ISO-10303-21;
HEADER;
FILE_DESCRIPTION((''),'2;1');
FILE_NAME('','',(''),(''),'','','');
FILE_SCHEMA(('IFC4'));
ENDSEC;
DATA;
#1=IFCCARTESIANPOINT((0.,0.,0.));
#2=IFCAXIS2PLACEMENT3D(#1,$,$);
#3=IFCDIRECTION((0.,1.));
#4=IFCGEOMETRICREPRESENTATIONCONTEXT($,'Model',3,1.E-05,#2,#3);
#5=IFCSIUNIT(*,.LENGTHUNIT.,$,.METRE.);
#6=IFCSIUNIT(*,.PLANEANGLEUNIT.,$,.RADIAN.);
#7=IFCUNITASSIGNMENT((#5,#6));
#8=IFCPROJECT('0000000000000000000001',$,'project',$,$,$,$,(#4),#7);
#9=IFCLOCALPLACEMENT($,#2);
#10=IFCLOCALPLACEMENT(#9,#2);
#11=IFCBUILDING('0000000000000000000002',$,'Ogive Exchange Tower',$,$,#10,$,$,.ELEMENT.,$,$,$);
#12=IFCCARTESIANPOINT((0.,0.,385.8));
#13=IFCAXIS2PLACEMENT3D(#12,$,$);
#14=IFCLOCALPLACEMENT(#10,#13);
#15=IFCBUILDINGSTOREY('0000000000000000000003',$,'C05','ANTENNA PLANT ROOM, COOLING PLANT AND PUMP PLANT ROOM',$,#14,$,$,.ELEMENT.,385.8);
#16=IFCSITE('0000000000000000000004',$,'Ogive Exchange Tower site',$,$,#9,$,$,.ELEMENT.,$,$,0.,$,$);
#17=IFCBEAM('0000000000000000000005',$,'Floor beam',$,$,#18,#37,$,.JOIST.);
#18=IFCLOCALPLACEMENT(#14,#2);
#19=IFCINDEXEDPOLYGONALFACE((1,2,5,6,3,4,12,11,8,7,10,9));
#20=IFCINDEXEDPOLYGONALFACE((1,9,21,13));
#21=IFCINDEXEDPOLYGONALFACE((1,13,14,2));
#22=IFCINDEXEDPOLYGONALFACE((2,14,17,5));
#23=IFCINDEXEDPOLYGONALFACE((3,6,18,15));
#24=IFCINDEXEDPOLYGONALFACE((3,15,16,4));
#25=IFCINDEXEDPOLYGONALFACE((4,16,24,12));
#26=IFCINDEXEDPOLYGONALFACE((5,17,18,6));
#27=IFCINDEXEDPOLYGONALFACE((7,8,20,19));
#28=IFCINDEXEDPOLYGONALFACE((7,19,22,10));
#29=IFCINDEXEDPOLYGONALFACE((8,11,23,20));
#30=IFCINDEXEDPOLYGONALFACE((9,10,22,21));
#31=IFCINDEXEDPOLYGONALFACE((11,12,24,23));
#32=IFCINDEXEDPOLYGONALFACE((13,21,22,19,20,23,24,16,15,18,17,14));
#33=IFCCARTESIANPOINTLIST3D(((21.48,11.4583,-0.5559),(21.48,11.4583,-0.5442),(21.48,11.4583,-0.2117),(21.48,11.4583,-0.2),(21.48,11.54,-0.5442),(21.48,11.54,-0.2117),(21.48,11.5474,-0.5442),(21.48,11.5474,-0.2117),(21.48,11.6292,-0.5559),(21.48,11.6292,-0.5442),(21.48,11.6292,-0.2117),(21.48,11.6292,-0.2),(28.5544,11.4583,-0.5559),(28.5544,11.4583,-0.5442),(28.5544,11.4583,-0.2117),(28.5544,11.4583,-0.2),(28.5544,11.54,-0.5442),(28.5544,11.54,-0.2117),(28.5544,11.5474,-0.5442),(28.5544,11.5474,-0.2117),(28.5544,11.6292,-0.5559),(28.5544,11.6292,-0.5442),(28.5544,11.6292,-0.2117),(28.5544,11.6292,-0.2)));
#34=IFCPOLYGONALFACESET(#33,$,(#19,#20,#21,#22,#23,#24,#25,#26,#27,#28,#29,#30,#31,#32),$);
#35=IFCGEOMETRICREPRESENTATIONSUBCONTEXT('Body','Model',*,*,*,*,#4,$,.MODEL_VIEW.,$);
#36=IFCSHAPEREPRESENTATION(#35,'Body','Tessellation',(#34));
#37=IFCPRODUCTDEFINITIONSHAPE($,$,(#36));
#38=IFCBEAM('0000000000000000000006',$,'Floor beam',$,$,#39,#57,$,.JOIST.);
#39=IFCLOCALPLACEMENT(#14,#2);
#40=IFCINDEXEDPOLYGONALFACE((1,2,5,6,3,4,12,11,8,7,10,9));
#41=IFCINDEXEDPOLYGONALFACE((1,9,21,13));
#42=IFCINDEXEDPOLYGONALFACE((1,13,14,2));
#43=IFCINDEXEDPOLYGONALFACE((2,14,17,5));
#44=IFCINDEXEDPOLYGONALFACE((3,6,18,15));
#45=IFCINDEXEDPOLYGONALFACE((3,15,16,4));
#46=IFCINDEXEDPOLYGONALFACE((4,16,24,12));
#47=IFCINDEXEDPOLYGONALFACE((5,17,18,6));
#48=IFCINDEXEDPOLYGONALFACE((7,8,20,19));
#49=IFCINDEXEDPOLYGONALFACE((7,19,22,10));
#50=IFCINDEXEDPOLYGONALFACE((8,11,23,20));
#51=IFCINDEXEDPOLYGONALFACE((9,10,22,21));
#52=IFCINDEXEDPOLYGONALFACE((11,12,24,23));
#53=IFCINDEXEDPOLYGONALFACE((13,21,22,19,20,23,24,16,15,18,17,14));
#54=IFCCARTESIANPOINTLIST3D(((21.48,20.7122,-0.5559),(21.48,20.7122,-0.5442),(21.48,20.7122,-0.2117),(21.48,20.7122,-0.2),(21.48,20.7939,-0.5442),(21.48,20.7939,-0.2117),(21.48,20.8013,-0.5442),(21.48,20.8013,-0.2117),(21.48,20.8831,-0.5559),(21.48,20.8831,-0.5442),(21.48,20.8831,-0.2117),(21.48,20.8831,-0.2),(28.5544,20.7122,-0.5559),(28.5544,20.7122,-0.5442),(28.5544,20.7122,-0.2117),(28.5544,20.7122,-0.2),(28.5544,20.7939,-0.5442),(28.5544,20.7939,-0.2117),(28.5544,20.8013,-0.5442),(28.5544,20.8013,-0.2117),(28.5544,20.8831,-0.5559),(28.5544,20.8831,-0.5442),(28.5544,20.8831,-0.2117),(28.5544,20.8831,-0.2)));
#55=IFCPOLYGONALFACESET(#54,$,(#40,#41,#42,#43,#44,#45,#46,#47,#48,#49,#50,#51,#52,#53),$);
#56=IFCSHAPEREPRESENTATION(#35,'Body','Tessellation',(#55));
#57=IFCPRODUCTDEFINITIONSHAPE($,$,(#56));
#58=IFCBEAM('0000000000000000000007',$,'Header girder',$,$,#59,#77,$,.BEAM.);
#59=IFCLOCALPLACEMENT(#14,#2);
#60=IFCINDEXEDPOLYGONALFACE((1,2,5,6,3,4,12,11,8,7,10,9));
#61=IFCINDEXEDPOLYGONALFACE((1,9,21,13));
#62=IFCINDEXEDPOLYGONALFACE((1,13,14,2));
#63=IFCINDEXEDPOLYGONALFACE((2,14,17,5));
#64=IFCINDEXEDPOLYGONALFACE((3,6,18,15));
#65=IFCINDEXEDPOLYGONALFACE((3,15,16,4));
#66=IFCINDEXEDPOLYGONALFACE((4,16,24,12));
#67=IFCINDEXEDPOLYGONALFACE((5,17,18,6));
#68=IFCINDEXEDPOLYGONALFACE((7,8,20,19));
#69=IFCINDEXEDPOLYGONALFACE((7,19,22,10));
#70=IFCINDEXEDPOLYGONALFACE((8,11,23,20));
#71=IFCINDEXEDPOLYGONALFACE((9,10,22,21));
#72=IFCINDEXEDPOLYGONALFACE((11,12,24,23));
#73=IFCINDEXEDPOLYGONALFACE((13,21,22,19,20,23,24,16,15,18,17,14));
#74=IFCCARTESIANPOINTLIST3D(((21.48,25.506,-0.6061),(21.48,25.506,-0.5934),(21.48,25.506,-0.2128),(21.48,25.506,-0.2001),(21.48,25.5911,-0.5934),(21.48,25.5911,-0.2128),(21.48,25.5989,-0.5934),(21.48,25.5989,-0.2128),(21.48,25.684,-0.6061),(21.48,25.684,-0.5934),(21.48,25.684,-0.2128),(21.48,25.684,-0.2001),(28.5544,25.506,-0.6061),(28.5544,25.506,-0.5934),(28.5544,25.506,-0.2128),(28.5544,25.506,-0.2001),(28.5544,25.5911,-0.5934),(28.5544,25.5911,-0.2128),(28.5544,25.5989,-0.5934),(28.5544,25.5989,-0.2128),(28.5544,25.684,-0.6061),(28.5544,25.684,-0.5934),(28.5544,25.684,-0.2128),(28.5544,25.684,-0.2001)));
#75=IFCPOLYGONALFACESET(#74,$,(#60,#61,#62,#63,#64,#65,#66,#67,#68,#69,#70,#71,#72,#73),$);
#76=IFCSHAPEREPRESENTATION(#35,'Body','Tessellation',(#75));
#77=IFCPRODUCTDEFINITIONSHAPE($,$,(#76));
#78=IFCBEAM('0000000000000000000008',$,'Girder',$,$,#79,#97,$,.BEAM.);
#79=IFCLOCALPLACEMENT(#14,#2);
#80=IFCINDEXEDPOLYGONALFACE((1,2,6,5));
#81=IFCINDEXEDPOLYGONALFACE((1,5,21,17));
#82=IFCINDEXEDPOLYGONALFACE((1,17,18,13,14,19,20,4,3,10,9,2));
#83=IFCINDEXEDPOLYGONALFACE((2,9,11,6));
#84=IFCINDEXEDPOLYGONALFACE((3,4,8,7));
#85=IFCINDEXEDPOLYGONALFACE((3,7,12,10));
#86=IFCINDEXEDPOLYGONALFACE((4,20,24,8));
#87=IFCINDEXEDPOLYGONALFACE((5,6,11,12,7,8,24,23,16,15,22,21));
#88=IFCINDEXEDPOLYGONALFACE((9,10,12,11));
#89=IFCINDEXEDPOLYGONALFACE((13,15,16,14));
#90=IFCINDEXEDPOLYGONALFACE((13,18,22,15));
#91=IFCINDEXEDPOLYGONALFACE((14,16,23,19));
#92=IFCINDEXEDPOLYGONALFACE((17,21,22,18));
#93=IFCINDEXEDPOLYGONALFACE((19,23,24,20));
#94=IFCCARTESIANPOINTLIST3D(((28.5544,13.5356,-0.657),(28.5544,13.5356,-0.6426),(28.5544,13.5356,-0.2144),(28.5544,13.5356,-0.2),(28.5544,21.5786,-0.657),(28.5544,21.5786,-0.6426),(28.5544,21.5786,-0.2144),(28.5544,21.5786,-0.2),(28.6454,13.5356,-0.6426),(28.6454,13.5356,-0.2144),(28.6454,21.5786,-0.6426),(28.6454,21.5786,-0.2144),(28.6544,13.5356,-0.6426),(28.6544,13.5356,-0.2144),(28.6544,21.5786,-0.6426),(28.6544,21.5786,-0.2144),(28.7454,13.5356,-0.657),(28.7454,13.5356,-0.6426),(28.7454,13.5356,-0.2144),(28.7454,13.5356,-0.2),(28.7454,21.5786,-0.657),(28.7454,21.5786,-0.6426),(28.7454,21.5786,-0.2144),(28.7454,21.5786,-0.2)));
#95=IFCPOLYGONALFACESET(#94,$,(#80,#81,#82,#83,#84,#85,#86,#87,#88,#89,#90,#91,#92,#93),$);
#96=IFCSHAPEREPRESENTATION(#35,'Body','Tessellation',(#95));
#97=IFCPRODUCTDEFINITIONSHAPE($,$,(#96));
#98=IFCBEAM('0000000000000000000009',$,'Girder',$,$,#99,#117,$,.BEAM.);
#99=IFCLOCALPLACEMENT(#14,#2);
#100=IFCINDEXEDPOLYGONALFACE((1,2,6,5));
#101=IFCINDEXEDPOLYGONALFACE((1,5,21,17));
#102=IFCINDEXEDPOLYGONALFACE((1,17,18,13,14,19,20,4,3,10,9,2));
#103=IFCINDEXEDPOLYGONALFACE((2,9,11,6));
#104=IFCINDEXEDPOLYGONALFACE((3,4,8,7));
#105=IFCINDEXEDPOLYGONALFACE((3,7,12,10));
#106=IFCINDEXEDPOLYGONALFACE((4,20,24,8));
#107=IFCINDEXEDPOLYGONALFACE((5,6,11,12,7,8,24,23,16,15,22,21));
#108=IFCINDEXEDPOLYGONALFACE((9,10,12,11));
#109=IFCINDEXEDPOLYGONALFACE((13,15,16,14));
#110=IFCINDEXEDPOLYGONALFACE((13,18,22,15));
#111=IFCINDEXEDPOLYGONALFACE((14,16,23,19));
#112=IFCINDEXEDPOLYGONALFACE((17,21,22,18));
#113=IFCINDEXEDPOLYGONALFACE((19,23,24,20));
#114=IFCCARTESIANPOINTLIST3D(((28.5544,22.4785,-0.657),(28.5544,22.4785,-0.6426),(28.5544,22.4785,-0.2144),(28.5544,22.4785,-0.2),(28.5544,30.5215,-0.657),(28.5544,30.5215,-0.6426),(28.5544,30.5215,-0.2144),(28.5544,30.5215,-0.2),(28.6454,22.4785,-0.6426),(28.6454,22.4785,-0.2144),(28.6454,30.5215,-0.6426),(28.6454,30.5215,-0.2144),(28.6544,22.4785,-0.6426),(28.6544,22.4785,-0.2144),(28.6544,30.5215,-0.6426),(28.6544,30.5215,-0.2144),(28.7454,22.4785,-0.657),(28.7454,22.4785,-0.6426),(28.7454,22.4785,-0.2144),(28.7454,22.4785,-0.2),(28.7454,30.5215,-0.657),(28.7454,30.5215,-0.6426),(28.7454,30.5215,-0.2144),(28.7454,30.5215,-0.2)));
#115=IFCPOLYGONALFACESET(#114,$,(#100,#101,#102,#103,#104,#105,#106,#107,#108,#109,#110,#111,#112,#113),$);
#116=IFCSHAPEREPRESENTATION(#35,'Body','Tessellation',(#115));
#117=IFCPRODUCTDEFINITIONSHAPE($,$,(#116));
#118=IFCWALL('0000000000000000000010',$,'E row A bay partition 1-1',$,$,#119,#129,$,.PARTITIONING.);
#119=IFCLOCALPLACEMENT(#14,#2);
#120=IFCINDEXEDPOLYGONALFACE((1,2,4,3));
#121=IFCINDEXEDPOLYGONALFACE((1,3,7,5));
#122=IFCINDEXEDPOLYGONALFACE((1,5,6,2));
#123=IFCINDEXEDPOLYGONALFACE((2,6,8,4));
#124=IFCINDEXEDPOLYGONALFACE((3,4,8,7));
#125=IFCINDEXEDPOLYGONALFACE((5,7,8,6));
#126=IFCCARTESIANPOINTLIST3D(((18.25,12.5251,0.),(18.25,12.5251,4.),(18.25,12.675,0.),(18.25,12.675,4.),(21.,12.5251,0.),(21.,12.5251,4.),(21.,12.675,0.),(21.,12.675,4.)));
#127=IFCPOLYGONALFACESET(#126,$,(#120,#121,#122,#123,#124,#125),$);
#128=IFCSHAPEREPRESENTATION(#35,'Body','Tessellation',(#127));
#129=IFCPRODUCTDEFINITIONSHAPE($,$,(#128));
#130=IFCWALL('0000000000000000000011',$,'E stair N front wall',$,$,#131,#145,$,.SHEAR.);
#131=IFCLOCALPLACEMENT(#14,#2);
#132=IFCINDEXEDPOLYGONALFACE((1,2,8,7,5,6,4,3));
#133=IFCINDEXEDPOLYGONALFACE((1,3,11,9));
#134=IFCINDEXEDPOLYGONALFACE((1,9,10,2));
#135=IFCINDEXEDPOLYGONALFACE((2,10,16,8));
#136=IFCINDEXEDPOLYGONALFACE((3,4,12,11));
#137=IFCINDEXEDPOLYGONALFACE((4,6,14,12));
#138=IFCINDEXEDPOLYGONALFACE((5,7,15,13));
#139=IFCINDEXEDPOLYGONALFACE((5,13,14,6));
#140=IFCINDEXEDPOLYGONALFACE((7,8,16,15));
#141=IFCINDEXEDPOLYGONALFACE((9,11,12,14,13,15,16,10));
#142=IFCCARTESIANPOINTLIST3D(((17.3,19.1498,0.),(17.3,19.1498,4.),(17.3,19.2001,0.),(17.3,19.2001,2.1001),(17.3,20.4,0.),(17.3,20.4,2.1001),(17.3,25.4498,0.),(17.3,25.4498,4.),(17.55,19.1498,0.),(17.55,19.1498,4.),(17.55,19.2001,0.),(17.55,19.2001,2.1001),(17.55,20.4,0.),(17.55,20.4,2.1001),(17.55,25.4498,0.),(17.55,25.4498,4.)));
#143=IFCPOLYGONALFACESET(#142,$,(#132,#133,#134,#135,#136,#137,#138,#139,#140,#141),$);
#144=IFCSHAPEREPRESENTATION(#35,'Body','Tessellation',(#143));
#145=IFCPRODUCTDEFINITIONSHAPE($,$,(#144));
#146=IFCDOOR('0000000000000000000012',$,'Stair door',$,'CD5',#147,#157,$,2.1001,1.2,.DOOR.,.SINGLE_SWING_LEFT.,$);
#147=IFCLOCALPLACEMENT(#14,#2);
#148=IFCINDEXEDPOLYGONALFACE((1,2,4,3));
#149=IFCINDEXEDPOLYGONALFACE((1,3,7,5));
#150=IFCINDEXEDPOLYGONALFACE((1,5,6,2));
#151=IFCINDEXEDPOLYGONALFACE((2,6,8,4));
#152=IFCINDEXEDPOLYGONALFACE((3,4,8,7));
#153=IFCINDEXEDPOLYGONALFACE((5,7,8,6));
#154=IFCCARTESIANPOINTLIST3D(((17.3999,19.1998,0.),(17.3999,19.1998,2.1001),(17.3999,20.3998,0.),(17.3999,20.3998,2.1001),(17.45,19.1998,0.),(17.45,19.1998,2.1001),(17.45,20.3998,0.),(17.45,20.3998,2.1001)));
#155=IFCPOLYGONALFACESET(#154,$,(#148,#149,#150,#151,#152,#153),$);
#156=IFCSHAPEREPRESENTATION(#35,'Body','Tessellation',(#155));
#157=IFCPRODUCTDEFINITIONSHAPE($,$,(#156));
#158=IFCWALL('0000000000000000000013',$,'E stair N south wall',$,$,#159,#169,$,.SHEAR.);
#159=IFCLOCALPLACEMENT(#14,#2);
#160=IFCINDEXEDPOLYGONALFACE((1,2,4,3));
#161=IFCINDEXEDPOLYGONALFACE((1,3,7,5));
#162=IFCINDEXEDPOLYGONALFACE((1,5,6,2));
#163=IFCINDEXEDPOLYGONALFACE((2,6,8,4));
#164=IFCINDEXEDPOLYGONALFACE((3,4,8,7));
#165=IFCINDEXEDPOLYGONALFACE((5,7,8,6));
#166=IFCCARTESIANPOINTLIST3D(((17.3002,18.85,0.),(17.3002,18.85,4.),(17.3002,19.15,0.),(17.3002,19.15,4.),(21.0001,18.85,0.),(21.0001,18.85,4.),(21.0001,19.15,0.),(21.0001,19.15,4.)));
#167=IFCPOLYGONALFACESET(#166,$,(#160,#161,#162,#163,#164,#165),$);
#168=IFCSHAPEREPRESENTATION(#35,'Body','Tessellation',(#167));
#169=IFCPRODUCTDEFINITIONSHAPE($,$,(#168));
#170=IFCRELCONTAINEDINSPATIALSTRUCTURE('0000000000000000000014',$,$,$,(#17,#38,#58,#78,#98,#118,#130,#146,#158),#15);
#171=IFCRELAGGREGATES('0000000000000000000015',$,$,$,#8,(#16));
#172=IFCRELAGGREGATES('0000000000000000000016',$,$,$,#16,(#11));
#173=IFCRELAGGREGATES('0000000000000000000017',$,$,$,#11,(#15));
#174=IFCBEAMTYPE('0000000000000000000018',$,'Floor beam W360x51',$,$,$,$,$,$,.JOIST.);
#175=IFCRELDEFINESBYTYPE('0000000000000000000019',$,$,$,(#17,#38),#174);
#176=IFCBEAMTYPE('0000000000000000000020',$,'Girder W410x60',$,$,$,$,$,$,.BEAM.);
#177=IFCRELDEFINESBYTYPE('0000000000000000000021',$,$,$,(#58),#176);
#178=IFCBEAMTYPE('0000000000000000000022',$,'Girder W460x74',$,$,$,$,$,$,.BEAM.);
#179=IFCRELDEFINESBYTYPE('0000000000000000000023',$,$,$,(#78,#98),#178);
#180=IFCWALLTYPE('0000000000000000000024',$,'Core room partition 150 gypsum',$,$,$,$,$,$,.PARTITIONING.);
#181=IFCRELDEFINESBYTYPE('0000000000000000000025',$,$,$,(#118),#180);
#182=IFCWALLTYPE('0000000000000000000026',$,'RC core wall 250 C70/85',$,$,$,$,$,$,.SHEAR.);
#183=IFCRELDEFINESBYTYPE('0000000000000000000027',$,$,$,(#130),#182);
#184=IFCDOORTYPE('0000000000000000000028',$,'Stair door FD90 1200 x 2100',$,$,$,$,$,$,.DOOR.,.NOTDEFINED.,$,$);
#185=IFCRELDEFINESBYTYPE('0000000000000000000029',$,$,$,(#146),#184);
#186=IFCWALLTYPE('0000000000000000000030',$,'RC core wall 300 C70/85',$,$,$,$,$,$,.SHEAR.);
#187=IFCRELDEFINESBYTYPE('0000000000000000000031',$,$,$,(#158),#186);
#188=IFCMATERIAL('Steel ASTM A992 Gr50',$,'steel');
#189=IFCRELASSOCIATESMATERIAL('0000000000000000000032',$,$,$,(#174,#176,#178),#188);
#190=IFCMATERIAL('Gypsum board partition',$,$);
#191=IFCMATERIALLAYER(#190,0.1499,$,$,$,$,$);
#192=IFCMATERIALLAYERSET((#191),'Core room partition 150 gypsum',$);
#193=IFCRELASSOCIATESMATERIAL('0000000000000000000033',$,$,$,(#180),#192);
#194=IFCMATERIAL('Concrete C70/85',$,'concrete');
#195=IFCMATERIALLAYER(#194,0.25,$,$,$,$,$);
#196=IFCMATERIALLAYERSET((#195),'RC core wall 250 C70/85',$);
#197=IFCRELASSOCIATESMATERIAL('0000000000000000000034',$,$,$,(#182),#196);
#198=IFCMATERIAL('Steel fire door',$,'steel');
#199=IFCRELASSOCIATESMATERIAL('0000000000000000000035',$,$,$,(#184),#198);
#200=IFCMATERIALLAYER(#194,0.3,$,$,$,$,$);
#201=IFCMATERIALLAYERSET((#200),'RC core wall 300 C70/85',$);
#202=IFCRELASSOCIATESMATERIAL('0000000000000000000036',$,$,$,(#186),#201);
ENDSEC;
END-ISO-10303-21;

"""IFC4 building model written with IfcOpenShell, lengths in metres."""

from ifc_helpers import new_model, si_unit, direction, frame, frame_2d, origin, origin_2d, place, context, subcontext, project, spatial, rectangle, i_section, extrude, material, layer, layer_set, material_profile, profile_set, type_object, element, fill, save


model = new_model("IFC4")

# Units and contexts
model_context = context("Model", 3, precision=1e-05, world=origin(), true_north=direction((0.0, 1.0)))
body_context = subcontext(model_context, "Body", "Model", "MODEL_VIEW")
ifc_project = project(units=[si_unit("LENGTHUNIT", "METRE"), si_unit("PLANEANGLEUNIT", "RADIAN")], contexts=[model_context])

# Site, building, storey
site_placement = place(None, origin())
site = spatial("IfcSite", under=ifc_project, at=site_placement, Name="Ogive Exchange Tower site", CompositionType="ELEMENT", RefElevation=0.0)
building_placement = place(site_placement, origin())
building = spatial("IfcBuilding", under=site, at=building_placement, Name="Ogive Exchange Tower", CompositionType="ELEMENT")
storey_placement = place(building_placement, frame((0.0, 0.0, 385.8)))
storey = spatial("IfcBuildingStorey", under=building, at=storey_placement, Name="C05", Description="ANTENNA PLANT ROOM, COOLING PLANT AND PUMP PLANT ROOM", CompositionType="ELEMENT", Elevation=385.8)

# Beams
ifc_material_1 = material(Name="Steel ASTM A992 Gr50", Category="steel")
ifc_material_profile_1 = material_profile(ifc_material_1, i_section(OverallWidth=0.1709, OverallDepth=0.356, WebThickness=0.0073, FlangeThickness=0.0117, at=origin_2d()), Name="W360x51")
ifc_profile_set_1 = profile_set([ifc_material_profile_1], Name="Steel ASTM A992 Gr50")
beam_type_1 = type_object("IfcBeamType", Name="Floor beam W360x51", PredefinedType="JOIST", material=ifc_profile_set_1)
for number, where, z_axis, x_axis, name in (
    (1, (21.48, 11.5437, -0.3779), (1.0, 0.0, 0.0), (0.0, 1.0, 0.0), "Floor beam"),
    (2, (21.48, 20.7976, -0.3779), (1.0, 0.0, 0.0), (0.0, 1.0, 0.0), "Floor beam"),
):
    element("IfcBeam", number, at=place(storey_placement, frame(where, z_axis=z_axis, x_axis=x_axis)), inside=storey, type_object=beam_type_1, Name=name, PredefinedType="JOIST", context=body_context, shape_type="SweptSolid", body=[
        extrude(i_section(OverallWidth=0.1709, OverallDepth=0.356, WebThickness=0.0073, FlangeThickness=0.0117, at=origin_2d()), origin(), (0.0, 0.0, 1.0), 7.0745),
    ])
ifc_material_profile_2 = material_profile(ifc_material_1, i_section(OverallWidth=0.178, OverallDepth=0.406, WebThickness=0.0078, FlangeThickness=0.0127, at=origin_2d()), Name="W410x60")
ifc_profile_set_2 = profile_set([ifc_material_profile_2], Name="Steel ASTM A992 Gr50")
beam_type_2 = type_object("IfcBeamType", Name="Girder W410x60", PredefinedType="BEAM", material=ifc_profile_set_2)
beam_1_placement = place(storey_placement, frame((21.48, 25.595, -0.4031), z_axis=(1.0, 0.0, 0.0), x_axis=(0.0, 1.0, 0.0)))
element("IfcBeam", 3, at=beam_1_placement, inside=storey, type_object=beam_type_2, Name="Header girder", PredefinedType="BEAM", context=body_context, shape_type="SweptSolid", body=[
    extrude(i_section(OverallWidth=0.178, OverallDepth=0.406, WebThickness=0.0078, FlangeThickness=0.0127, at=origin_2d()), origin(), (0.0, 0.0, 1.0), 7.0745),
])
ifc_material_profile_3 = material_profile(ifc_material_1, i_section(OverallWidth=0.1909, OverallDepth=0.457, WebThickness=0.009, FlangeThickness=0.0144, at=origin_2d()), Name="W460x74")
ifc_profile_set_3 = profile_set([ifc_material_profile_3], Name="Steel ASTM A992 Gr50")
beam_type_3 = type_object("IfcBeamType", Name="Girder W460x74", PredefinedType="BEAM", material=ifc_profile_set_3)
for number, where, z_axis, x_axis, name in (
    (4, (28.6499, 13.5356, -0.4285), (0.0, 1.0, 0.0), (-1.0, 0.0, 0.0), "Girder"),
    (5, (28.6499, 22.4785, -0.4285), (0.0, 1.0, 0.0), (-1.0, 0.0, 0.0), "Girder"),
):
    element("IfcBeam", number, at=place(storey_placement, frame(where, z_axis=z_axis, x_axis=x_axis)), inside=storey, type_object=beam_type_3, Name=name, PredefinedType="BEAM", context=body_context, shape_type="SweptSolid", body=[
        extrude(i_section(OverallWidth=0.1909, OverallDepth=0.457, WebThickness=0.009, FlangeThickness=0.0144, at=origin_2d()), origin(), (0.0, 0.0, 1.0), 8.043),
    ])

# Wall
ifc_material_2 = material(Name="Gypsum board partition")
ifc_layer_1 = layer(ifc_material_2, 0.1499)
ifc_layer_set_1 = layer_set([ifc_layer_1], Name="Core room partition 150 gypsum")
wall_type_1 = type_object("IfcWallType", Name="Core room partition 150 gypsum", PredefinedType="PARTITIONING", material=ifc_layer_set_1)
wall_1_placement = place(storey_placement, frame((18.25, 12.6001, 0.0), z_axis=(0.0, 0.0, 1.0), x_axis=(1.0, 0.0, 0.0)))
element("IfcWall", 6, at=wall_1_placement, inside=storey, type_object=wall_type_1, Name="E row A bay partition 1-1", PredefinedType="PARTITIONING", context=body_context, shape_type="SweptSolid", body=[
    extrude(rectangle(XDim=2.75, YDim=0.1499, at=frame_2d((1.375, 0.0))), origin(), (0.0, 0.0, 1.0), 4.0),
])

# Wall, opening, door
ifc_material_3 = material(Name="Concrete C70/85", Category="concrete")
ifc_layer_2 = layer(ifc_material_3, 0.25)
ifc_layer_set_2 = layer_set([ifc_layer_2], Name="RC core wall 250 C70/85")
wall_type_2 = type_object("IfcWallType", Name="RC core wall 250 C70/85", PredefinedType="SHEAR", material=ifc_layer_set_2)
wall_2_placement = place(storey_placement, frame((17.425, 19.1499, 0.0), z_axis=(0.0, 0.0, 1.0), x_axis=(0.0, 1.0, 0.0)))
wall_2 = element("IfcWall", 7, at=wall_2_placement, inside=storey, type_object=wall_type_2, Name="E stair N front wall", PredefinedType="SHEAR", context=body_context, shape_type="SweptSolid", body=[
    extrude(rectangle(XDim=6.3, YDim=0.25, at=frame_2d((3.1499, 0.0))), origin(), (0.0, 0.0, 1.0), 4.0),
])
opening_1_placement = place(wall_2_placement, frame((0.05, 0.0, 0.0)))
opening_1 = element("IfcOpeningElement", 8, at=opening_1_placement, cuts=wall_2, PredefinedType="OPENING", context=body_context, shape_type="SweptSolid", body=[
    extrude(rectangle(XDim=1.2, YDim=2.1001, at=frame_2d((0.6001, 1.05))), frame((0.0, 0.135, 0.0), z_axis=(0.0, -1.0, 0.0), x_axis=(1.0, 0.0, 0.0)), (0.0, 0.0, 1.0), 0.27),
])
ifc_material_4 = material(Name="Steel fire door", Category="steel")
door_type = type_object("IfcDoorType", Name="Stair door FD90 1200 x 2100", OperationType="NOTDEFINED", PredefinedType="DOOR", material=ifc_material_4)
door_placement = place(opening_1_placement, frame((1.2, 0.0, 0.0), z_axis=(0.0, 0.0, 1.0), x_axis=(-1.0, 0.0, 0.0)))
door = element("IfcDoor", 9, at=door_placement, inside=storey, type_object=door_type, Name="Stair door", ObjectType="CD5", OperationType="SINGLE_SWING_LEFT", OverallHeight=2.1001, OverallWidth=1.2, PredefinedType="DOOR", context=body_context, shape_type="SweptSolid", body=[
    extrude(rectangle(XDim=1.2, YDim=2.1001, at=frame_2d((0.6001, 1.05))), frame((0.0, 0.0249, 0.0), z_axis=(0.0, -1.0, 0.0), x_axis=(1.0, 0.0, 0.0)), (0.0, 0.0, 1.0), 0.05),
])
fill(opening_1, door)

# Wall
ifc_layer_3 = layer(ifc_material_3, 0.3)
ifc_layer_set_3 = layer_set([ifc_layer_3], Name="RC core wall 300 C70/85")
wall_type_3 = type_object("IfcWallType", Name="RC core wall 300 C70/85", PredefinedType="SHEAR", material=ifc_layer_set_3)
wall_3_placement = place(storey_placement, frame((17.3, 19.0, 0.0), z_axis=(0.0, 0.0, 1.0), x_axis=(1.0, 0.0, 0.0)))
element("IfcWall", 10, at=wall_3_placement, inside=storey, type_object=wall_type_3, Name="E stair N south wall", PredefinedType="SHEAR", context=body_context, shape_type="SweptSolid", body=[
    extrude(rectangle(XDim=3.7, YDim=0.3, at=frame_2d((1.8501, 0.0))), origin(), (0.0, 0.0, 1.0), 4.0),
])

save(model, "model.ifc")
